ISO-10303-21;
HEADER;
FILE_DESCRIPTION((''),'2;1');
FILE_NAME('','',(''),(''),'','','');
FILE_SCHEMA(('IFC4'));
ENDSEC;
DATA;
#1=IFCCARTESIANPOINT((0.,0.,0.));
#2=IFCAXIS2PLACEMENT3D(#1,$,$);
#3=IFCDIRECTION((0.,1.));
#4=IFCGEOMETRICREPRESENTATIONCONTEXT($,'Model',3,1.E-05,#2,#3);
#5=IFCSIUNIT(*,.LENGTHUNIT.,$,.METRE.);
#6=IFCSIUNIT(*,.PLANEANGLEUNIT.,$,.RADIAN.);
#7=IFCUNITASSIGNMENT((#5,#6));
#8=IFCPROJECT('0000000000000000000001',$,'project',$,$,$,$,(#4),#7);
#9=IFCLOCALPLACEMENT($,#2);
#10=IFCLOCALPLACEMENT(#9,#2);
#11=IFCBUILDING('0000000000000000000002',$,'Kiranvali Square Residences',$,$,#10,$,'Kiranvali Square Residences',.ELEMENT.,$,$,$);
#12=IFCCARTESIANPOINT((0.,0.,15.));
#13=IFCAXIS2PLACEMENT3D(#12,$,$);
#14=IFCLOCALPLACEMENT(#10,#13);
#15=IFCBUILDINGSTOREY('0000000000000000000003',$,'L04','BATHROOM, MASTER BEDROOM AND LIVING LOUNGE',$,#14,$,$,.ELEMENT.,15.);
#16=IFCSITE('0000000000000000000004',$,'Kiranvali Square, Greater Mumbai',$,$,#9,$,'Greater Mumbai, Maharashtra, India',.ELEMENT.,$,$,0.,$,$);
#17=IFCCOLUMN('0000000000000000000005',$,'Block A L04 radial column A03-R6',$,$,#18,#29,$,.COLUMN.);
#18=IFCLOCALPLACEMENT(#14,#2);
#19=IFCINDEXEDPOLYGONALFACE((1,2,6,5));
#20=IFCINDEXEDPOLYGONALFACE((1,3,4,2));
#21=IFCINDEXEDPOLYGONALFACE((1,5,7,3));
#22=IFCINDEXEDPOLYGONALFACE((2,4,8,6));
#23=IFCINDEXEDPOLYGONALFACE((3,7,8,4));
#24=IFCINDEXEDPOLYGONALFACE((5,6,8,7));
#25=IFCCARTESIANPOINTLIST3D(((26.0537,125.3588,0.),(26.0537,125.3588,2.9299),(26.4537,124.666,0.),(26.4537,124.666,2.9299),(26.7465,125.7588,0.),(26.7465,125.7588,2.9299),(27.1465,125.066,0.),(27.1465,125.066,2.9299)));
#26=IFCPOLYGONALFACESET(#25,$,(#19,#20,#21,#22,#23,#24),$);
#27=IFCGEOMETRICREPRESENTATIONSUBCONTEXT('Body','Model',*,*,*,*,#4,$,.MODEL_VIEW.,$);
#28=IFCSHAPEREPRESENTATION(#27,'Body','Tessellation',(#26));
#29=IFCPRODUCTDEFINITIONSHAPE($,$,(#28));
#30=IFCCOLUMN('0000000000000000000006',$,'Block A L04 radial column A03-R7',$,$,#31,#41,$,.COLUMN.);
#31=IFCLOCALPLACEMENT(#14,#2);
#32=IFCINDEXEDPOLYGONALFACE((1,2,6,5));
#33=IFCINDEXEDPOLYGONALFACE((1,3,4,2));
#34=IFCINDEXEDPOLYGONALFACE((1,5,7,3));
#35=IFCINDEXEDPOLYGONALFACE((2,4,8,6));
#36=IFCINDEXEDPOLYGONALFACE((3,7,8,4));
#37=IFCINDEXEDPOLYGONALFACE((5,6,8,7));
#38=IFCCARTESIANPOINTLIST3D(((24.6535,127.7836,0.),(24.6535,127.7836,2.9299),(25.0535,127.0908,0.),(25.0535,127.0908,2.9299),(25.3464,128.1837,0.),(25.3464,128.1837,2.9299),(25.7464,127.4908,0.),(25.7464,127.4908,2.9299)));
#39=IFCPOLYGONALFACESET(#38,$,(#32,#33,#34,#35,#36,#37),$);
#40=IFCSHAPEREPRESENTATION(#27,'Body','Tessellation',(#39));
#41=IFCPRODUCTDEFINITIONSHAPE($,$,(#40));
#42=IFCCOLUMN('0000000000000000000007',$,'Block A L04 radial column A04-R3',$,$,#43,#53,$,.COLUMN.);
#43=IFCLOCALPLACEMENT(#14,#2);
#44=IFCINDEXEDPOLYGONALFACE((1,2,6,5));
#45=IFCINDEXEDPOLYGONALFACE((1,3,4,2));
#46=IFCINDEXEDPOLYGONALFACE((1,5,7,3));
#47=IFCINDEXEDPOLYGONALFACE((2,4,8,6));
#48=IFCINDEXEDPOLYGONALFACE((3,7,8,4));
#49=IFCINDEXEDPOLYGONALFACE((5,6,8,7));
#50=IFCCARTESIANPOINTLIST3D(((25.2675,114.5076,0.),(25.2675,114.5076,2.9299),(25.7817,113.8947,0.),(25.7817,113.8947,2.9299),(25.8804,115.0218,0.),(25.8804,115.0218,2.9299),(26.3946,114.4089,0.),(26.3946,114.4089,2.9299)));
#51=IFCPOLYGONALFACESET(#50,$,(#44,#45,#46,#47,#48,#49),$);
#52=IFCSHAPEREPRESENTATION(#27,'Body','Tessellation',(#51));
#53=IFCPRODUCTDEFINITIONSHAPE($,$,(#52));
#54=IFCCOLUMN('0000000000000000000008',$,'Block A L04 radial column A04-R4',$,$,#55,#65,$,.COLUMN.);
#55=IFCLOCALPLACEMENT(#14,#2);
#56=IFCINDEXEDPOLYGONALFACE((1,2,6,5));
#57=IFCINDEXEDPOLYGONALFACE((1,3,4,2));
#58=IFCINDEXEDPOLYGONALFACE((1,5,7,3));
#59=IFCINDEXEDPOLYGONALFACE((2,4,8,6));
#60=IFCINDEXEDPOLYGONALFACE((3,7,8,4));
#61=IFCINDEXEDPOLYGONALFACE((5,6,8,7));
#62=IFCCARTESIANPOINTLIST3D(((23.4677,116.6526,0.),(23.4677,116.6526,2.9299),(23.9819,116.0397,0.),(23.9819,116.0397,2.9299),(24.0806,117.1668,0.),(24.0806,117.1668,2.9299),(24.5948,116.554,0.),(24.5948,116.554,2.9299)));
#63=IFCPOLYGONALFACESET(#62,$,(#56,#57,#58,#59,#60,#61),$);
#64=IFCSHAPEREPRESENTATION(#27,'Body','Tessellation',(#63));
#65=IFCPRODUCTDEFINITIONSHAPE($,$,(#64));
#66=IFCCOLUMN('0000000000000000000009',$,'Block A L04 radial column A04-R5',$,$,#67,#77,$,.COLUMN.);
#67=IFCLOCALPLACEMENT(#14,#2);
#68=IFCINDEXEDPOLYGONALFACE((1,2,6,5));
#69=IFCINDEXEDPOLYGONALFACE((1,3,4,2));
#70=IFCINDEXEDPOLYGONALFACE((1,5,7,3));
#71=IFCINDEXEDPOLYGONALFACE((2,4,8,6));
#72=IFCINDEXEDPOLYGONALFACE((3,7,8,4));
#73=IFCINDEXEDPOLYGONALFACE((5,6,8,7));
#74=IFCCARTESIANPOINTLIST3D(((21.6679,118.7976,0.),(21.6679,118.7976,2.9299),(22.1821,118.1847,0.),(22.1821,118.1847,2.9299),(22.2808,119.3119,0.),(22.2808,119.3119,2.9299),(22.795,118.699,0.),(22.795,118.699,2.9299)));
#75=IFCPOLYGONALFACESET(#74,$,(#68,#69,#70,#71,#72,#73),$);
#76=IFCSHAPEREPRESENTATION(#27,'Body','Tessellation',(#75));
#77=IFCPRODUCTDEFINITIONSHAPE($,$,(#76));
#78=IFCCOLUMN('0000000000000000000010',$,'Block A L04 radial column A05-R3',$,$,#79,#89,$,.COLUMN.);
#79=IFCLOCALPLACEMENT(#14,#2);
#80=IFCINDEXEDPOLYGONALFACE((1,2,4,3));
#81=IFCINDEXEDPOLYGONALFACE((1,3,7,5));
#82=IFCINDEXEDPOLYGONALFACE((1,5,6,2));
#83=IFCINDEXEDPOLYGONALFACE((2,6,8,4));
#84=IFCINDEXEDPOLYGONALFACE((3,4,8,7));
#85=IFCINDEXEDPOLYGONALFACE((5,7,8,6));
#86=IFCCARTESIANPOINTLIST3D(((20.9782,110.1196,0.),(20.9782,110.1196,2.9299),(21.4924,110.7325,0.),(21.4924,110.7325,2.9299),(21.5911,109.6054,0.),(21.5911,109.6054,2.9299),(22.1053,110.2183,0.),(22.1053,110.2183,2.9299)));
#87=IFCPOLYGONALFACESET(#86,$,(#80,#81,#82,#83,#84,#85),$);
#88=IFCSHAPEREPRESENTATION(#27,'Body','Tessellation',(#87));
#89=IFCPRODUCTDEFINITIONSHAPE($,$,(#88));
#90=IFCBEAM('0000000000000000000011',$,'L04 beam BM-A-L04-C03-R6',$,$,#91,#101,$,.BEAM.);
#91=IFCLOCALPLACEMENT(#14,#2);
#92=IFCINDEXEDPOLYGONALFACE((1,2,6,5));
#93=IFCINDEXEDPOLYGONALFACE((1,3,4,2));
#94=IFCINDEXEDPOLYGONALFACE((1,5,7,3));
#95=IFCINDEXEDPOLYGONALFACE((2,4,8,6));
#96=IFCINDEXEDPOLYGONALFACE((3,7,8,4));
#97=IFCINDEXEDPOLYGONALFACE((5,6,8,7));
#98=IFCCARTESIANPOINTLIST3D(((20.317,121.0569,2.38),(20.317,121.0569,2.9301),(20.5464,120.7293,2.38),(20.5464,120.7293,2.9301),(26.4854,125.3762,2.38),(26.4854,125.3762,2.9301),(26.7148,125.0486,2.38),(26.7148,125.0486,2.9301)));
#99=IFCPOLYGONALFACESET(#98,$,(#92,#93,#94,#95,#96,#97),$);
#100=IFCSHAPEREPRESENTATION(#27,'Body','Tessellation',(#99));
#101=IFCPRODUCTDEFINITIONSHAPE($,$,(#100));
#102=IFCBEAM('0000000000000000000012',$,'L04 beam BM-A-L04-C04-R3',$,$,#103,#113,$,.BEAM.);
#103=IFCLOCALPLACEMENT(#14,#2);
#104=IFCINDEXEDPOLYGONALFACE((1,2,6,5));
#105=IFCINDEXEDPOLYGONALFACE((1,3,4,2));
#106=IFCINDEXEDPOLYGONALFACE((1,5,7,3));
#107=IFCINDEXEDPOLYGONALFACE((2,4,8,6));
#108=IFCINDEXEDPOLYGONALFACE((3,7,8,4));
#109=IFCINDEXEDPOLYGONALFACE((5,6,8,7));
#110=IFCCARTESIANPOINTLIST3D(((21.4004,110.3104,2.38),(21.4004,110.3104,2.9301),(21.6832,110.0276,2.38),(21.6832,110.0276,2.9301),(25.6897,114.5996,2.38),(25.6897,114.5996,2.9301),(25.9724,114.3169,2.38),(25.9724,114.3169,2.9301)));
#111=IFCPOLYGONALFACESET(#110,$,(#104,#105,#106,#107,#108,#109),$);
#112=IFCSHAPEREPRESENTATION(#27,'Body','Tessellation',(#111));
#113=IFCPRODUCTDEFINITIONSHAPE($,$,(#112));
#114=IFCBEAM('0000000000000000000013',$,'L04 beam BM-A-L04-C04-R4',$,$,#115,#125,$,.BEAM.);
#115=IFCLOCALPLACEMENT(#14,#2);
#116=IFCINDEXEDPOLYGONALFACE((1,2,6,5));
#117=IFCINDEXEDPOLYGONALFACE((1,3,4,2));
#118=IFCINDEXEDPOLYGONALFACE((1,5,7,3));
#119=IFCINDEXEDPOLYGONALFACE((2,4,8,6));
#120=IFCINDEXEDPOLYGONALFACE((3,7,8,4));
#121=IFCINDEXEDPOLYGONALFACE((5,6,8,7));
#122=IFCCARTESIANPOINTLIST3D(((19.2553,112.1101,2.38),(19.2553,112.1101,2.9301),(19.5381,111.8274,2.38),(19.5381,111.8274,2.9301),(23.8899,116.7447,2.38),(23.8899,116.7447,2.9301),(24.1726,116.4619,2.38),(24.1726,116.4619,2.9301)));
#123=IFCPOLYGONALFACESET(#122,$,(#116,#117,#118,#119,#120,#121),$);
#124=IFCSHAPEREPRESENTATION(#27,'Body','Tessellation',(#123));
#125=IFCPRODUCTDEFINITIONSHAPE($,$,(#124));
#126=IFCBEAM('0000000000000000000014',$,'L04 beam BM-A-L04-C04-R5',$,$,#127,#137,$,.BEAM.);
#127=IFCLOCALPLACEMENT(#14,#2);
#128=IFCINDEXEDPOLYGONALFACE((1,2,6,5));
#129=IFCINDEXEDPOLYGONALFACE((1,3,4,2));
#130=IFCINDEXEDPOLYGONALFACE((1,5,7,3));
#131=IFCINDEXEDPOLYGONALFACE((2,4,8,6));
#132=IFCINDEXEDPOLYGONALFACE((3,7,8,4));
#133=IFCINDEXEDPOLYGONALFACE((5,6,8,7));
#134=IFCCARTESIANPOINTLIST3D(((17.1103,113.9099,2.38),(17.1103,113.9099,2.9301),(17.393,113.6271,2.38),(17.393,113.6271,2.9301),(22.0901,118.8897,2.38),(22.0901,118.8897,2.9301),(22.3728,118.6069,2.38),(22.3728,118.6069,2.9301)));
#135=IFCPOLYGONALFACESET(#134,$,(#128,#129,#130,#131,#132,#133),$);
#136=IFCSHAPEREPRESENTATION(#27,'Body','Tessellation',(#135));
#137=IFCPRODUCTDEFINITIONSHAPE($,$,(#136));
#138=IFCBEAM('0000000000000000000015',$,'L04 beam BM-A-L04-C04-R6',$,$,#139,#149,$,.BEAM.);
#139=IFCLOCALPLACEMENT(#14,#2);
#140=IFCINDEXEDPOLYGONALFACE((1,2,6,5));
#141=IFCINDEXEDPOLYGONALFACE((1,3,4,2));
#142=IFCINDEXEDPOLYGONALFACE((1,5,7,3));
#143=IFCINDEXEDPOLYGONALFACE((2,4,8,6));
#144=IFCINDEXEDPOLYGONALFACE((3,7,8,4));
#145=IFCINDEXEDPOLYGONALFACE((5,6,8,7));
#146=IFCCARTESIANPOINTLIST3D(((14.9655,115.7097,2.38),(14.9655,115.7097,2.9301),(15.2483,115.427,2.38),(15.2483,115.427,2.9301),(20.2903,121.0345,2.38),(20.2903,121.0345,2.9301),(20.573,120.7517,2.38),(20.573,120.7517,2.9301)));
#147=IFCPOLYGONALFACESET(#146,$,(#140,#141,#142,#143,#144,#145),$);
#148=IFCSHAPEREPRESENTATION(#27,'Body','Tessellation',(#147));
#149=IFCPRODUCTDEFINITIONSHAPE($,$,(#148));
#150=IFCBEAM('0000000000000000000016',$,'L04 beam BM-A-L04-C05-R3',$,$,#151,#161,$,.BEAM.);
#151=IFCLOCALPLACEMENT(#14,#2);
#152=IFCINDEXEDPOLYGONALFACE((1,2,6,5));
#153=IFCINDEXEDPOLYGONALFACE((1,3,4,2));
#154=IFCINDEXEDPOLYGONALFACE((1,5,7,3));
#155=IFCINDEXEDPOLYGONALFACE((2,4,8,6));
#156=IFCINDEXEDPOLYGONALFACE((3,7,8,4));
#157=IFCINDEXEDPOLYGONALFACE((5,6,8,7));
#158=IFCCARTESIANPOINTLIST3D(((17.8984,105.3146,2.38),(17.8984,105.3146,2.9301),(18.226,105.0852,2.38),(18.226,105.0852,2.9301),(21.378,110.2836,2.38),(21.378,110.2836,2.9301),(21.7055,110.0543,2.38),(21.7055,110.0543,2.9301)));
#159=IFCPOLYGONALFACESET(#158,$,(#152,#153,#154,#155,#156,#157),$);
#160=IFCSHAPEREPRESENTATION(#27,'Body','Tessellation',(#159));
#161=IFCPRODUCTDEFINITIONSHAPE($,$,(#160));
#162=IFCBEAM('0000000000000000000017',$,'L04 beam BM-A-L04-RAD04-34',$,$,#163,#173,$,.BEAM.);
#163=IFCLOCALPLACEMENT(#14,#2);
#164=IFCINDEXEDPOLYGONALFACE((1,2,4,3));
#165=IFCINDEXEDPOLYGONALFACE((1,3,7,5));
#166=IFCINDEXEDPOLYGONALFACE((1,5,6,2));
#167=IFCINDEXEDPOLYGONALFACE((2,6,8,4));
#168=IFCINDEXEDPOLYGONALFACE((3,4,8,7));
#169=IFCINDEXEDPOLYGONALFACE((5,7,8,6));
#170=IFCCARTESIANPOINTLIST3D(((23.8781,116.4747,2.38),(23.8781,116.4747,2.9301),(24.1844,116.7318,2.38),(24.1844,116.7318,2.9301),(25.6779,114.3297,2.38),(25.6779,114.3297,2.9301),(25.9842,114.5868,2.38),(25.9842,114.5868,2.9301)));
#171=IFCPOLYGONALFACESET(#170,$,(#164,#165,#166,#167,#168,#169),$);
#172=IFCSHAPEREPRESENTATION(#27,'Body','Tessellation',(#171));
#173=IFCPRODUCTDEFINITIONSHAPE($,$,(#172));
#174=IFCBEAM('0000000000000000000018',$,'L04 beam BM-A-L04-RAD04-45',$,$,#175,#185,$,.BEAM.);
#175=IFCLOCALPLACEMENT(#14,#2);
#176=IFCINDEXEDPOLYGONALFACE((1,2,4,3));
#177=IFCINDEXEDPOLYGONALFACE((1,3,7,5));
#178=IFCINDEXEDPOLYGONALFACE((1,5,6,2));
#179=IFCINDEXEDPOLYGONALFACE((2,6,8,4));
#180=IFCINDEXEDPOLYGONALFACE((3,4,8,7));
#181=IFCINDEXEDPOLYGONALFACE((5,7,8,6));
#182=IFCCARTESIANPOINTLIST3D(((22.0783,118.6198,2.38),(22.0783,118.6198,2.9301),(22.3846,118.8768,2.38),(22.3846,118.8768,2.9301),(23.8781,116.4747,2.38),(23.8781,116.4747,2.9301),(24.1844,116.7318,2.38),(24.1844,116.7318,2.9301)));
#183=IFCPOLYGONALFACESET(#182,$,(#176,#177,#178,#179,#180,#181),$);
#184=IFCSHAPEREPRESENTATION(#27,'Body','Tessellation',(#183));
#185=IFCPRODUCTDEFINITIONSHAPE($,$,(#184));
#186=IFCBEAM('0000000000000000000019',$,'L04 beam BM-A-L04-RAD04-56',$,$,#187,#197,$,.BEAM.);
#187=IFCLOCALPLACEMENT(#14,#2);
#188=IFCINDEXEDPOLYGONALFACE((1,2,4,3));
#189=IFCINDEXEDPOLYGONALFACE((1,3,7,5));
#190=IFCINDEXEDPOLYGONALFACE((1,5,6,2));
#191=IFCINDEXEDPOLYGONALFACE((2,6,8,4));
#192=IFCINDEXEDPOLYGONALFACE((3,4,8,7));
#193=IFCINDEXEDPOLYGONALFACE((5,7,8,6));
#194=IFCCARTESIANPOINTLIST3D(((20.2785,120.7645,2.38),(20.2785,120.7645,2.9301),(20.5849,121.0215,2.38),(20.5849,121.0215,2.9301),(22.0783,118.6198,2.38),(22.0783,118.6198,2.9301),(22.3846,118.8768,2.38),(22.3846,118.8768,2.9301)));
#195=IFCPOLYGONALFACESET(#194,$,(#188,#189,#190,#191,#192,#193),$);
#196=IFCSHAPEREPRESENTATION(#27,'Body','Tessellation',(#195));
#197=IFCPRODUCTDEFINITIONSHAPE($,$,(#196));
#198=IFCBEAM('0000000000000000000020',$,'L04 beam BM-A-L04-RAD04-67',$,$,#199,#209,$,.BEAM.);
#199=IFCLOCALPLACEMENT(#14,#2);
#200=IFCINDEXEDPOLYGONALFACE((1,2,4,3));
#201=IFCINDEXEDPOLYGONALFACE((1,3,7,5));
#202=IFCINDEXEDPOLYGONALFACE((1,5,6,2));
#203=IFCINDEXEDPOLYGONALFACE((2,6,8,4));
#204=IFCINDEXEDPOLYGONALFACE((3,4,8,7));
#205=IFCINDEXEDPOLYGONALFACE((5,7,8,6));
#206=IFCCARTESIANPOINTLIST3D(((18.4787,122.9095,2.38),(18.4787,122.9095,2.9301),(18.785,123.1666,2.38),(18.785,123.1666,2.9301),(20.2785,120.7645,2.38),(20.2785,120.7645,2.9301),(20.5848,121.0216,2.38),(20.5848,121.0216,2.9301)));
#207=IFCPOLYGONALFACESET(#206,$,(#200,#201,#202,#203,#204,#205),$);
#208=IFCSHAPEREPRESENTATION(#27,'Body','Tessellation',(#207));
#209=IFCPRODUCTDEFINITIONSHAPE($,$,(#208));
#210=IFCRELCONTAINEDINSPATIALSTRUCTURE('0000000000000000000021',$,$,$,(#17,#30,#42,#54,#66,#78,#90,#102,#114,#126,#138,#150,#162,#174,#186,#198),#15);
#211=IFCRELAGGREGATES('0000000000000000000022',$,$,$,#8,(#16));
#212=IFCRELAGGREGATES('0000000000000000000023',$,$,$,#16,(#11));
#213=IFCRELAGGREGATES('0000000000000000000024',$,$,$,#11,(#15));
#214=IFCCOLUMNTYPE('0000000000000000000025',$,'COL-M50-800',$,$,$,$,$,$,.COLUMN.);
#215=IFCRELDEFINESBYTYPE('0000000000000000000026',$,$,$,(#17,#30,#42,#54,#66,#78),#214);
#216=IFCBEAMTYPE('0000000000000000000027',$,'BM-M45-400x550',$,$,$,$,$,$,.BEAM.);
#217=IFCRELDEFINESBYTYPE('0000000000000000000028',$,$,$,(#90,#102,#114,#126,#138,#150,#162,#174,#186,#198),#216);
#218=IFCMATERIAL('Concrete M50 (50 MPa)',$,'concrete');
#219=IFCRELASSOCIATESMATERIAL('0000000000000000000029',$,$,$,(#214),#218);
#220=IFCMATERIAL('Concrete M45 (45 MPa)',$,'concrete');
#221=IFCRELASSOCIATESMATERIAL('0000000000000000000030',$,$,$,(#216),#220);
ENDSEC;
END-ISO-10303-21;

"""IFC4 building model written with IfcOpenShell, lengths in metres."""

from ifc_helpers import new_model, si_unit, direction, frame, origin, origin_2d, place, context, subcontext, project, spatial, rectangle, extrude, material, material_profile, profile_set, type_object, element, save


model = new_model("IFC4")

# Units and contexts
model_context = context("Model", 3, precision=1e-05, world=origin(), true_north=direction((0.0, 1.0)))
body_context = subcontext(model_context, "Body", "Model", "MODEL_VIEW")
ifc_project = project(units=[si_unit("LENGTHUNIT", "METRE"), si_unit("PLANEANGLEUNIT", "RADIAN")], contexts=[model_context])

# Site, building, storey
site_placement = place(None, origin())
site = spatial("IfcSite", under=ifc_project, at=site_placement, Name="Kiranvali Square, Greater Mumbai", LongName="Greater Mumbai, Maharashtra, India", CompositionType="ELEMENT", RefElevation=0.0)
building_placement = place(site_placement, origin())
building = spatial("IfcBuilding", under=site, at=building_placement, Name="Kiranvali Square Residences", LongName="Kiranvali Square Residences", CompositionType="ELEMENT")
storey_placement = place(building_placement, frame((0.0, 0.0, 15.0)))
storey = spatial("IfcBuildingStorey", under=building, at=storey_placement, Name="L04", Description="BATHROOM, MASTER BEDROOM AND LIVING LOUNGE", CompositionType="ELEMENT", Elevation=15.0)

# Columns
ifc_material_1 = material(Name="Concrete M50 (50 MPa)", Category="concrete")
ifc_material_profile_1 = material_profile(ifc_material_1, rectangle(XDim=0.8, YDim=0.8, at=origin_2d()), Name="RC 800x800")
ifc_profile_set_1 = profile_set([ifc_material_profile_1], Name="Concrete M50 (50 MPa)")
column_type = type_object("IfcColumnType", Name="COL-M50-800", PredefinedType="COLUMN", material=ifc_profile_set_1)
for number, where, z_axis, x_axis, name in (
    (1, (26.6001, 125.2124, 0.0), (0.0, 0.0, 1.0), (0.866025, 0.5, 0.0), "Block A L04 radial column A03-R6"),
    (2, (25.2, 127.6372, 0.0), (0.0, 0.0, 1.0), (0.866025, 0.5, 0.0), "Block A L04 radial column A03-R7"),
    (3, (25.8311, 114.4583, 0.0), (0.0, 0.0, 1.0), (0.766044, 0.642788, 0.0), "Block A L04 radial column A04-R3"),
    (4, (24.0312, 116.6033, 0.0), (0.0, 0.0, 1.0), (0.766044, 0.642788, 0.0), "Block A L04 radial column A04-R4"),
    (5, (22.2314, 118.7483, 0.0), (0.0, 0.0, 1.0), (0.766044, 0.642788, 0.0), "Block A L04 radial column A04-R5"),
    (6, (21.5417, 110.1689, 0.0), (0.0, 0.0, 1.0), (0.642788, 0.766044, 0.0), "Block A L04 radial column A05-R3"),
):
    element("IfcColumn", number, at=place(storey_placement, frame(where, z_axis=z_axis, x_axis=x_axis)), inside=storey, type_object=column_type, Name=name, PredefinedType="COLUMN", context=body_context, shape_type="SweptSolid", body=[
        extrude(rectangle(XDim=0.8, YDim=0.8, at=origin_2d()), origin(), (0.0, 0.0, 1.0), 2.9299),
    ])

# Beams
ifc_material_2 = material(Name="Concrete M45 (45 MPa)", Category="concrete")
ifc_material_profile_2 = material_profile(ifc_material_2, rectangle(XDim=0.3999, YDim=0.55, at=origin_2d()), Name="RC 400x550")
ifc_profile_set_2 = profile_set([ifc_material_profile_2], Name="Concrete M45 (45 MPa)")
beam_type_1 = type_object("IfcBeamType", Name="BM-M45-400x550", PredefinedType="BEAM", material=ifc_profile_set_2)
beam_1_placement = place(storey_placement, frame((26.6001, 125.2124, 2.655), z_axis=(-0.819144, -0.573589, 0.0), x_axis=(0.573589, -0.819144, 0.0)))
element("IfcBeam", 7, at=beam_1_placement, inside=storey, type_object=beam_type_1, Name="L04 beam BM-A-L04-C03-R6", PredefinedType="BEAM", context=body_context, shape_type="SweptSolid", body=[
    extrude(rectangle(XDim=0.3999, YDim=0.55, at=origin_2d()), origin(), (0.0, 0.0, 1.0), 7.5303),
])
beam_2_placement = place(storey_placement, frame((25.8311, 114.4583, 2.655), z_axis=(-0.707107, -0.707107, 0.0), x_axis=(0.707107, -0.707107, 0.0)))
element("IfcBeam", 8, at=beam_2_placement, inside=storey, type_object=beam_type_1, Name="L04 beam BM-A-L04-C04-R3", PredefinedType="BEAM", context=body_context, shape_type="SweptSolid", body=[
    extrude(rectangle(XDim=0.3999, YDim=0.55, at=origin_2d()), origin(), (0.0, 0.0, 1.0), 6.0659),
])
beam_3_placement = place(storey_placement, frame((24.0312, 116.6033, 2.655), z_axis=(-0.707107, -0.707107, 0.0), x_axis=(0.707107, -0.707107, 0.0)))
element("IfcBeam", 9, at=beam_3_placement, inside=storey, type_object=beam_type_1, Name="L04 beam BM-A-L04-C04-R4", PredefinedType="BEAM", context=body_context, shape_type="SweptSolid", body=[
    extrude(rectangle(XDim=0.3999, YDim=0.55, at=origin_2d()), origin(), (0.0, 0.0, 1.0), 6.5542),
])
beam_4_placement = place(storey_placement, frame((22.2314, 118.7483, 2.655), z_axis=(-0.707107, -0.707107, 0.0), x_axis=(0.707107, -0.707107, 0.0)))
element("IfcBeam", 10, at=beam_4_placement, inside=storey, type_object=beam_type_1, Name="L04 beam BM-A-L04-C04-R5", PredefinedType="BEAM", context=body_context, shape_type="SweptSolid", body=[
    extrude(rectangle(XDim=0.3999, YDim=0.55, at=origin_2d()), origin(), (0.0, 0.0, 1.0), 7.0425),
])
beam_5_placement = place(storey_placement, frame((20.4316, 120.8931, 2.655), z_axis=(-0.707107, -0.707107, 0.0), x_axis=(0.707107, -0.707107, 0.0)))
element("IfcBeam", 11, at=beam_5_placement, inside=storey, type_object=beam_type_1, Name="L04 beam BM-A-L04-C04-R6", PredefinedType="BEAM", context=body_context, shape_type="SweptSolid", body=[
    extrude(rectangle(XDim=0.3999, YDim=0.55, at=origin_2d()), origin(), (0.0, 0.0, 1.0), 7.5303),
])
beam_6_placement = place(storey_placement, frame((21.5417, 110.1689, 2.655), z_axis=(-0.573595, -0.819139, 0.0), x_axis=(0.819139, -0.573595, 0.0)))
element("IfcBeam", 12, at=beam_6_placement, inside=storey, type_object=beam_type_1, Name="L04 beam BM-A-L04-C05-R3", PredefinedType="BEAM", context=body_context, shape_type="SweptSolid", body=[
    extrude(rectangle(XDim=0.3999, YDim=0.55, at=origin_2d()), origin(), (0.0, 0.0, 1.0), 6.0662),
])
for number, where, z_axis, x_axis, name in (
    (13, (25.8311, 114.4583, 2.655), (-0.642771, 0.766059, 0.0), (-0.766059, -0.642771, 0.0), "L04 beam BM-A-L04-RAD04-34"),
    (14, (24.0312, 116.6033, 2.655), (-0.642771, 0.766059, 0.0), (-0.766059, -0.642771, 0.0), "L04 beam BM-A-L04-RAD04-45"),
):
    element("IfcBeam", number, at=place(storey_placement, frame(where, z_axis=z_axis, x_axis=x_axis)), inside=storey, type_object=beam_type_1, Name=name, PredefinedType="BEAM", context=body_context, shape_type="SweptSolid", body=[
        extrude(rectangle(XDim=0.3999, YDim=0.55, at=origin_2d()), origin(), (0.0, 0.0, 1.0), 2.8),
    ])
beam_7_placement = place(storey_placement, frame((22.2314, 118.7483, 2.655), z_axis=(-0.642814, 0.766023, 0.0), x_axis=(-0.766023, -0.642814, 0.0)))
element("IfcBeam", 15, at=beam_7_placement, inside=storey, type_object=beam_type_1, Name="L04 beam BM-A-L04-RAD04-56", PredefinedType="BEAM", context=body_context, shape_type="SweptSolid", body=[
    extrude(rectangle(XDim=0.3999, YDim=0.55, at=origin_2d()), origin(), (0.0, 0.0, 1.0), 2.7998),
])
for number, where, z_axis, x_axis, name in (
    (16, (20.4316, 120.8931, 2.655), (-0.642771, 0.766059, 0.0), (-0.766059, -0.642771, 0.0), "L04 beam BM-A-L04-RAD04-67"),
):
    element("IfcBeam", number, at=place(storey_placement, frame(where, z_axis=z_axis, x_axis=x_axis)), inside=storey, type_object=beam_type_1, Name=name, PredefinedType="BEAM", context=body_context, shape_type="SweptSolid", body=[
        extrude(rectangle(XDim=0.3999, YDim=0.55, at=origin_2d()), origin(), (0.0, 0.0, 1.0), 2.8),
    ])

save(model, "model.ifc")
